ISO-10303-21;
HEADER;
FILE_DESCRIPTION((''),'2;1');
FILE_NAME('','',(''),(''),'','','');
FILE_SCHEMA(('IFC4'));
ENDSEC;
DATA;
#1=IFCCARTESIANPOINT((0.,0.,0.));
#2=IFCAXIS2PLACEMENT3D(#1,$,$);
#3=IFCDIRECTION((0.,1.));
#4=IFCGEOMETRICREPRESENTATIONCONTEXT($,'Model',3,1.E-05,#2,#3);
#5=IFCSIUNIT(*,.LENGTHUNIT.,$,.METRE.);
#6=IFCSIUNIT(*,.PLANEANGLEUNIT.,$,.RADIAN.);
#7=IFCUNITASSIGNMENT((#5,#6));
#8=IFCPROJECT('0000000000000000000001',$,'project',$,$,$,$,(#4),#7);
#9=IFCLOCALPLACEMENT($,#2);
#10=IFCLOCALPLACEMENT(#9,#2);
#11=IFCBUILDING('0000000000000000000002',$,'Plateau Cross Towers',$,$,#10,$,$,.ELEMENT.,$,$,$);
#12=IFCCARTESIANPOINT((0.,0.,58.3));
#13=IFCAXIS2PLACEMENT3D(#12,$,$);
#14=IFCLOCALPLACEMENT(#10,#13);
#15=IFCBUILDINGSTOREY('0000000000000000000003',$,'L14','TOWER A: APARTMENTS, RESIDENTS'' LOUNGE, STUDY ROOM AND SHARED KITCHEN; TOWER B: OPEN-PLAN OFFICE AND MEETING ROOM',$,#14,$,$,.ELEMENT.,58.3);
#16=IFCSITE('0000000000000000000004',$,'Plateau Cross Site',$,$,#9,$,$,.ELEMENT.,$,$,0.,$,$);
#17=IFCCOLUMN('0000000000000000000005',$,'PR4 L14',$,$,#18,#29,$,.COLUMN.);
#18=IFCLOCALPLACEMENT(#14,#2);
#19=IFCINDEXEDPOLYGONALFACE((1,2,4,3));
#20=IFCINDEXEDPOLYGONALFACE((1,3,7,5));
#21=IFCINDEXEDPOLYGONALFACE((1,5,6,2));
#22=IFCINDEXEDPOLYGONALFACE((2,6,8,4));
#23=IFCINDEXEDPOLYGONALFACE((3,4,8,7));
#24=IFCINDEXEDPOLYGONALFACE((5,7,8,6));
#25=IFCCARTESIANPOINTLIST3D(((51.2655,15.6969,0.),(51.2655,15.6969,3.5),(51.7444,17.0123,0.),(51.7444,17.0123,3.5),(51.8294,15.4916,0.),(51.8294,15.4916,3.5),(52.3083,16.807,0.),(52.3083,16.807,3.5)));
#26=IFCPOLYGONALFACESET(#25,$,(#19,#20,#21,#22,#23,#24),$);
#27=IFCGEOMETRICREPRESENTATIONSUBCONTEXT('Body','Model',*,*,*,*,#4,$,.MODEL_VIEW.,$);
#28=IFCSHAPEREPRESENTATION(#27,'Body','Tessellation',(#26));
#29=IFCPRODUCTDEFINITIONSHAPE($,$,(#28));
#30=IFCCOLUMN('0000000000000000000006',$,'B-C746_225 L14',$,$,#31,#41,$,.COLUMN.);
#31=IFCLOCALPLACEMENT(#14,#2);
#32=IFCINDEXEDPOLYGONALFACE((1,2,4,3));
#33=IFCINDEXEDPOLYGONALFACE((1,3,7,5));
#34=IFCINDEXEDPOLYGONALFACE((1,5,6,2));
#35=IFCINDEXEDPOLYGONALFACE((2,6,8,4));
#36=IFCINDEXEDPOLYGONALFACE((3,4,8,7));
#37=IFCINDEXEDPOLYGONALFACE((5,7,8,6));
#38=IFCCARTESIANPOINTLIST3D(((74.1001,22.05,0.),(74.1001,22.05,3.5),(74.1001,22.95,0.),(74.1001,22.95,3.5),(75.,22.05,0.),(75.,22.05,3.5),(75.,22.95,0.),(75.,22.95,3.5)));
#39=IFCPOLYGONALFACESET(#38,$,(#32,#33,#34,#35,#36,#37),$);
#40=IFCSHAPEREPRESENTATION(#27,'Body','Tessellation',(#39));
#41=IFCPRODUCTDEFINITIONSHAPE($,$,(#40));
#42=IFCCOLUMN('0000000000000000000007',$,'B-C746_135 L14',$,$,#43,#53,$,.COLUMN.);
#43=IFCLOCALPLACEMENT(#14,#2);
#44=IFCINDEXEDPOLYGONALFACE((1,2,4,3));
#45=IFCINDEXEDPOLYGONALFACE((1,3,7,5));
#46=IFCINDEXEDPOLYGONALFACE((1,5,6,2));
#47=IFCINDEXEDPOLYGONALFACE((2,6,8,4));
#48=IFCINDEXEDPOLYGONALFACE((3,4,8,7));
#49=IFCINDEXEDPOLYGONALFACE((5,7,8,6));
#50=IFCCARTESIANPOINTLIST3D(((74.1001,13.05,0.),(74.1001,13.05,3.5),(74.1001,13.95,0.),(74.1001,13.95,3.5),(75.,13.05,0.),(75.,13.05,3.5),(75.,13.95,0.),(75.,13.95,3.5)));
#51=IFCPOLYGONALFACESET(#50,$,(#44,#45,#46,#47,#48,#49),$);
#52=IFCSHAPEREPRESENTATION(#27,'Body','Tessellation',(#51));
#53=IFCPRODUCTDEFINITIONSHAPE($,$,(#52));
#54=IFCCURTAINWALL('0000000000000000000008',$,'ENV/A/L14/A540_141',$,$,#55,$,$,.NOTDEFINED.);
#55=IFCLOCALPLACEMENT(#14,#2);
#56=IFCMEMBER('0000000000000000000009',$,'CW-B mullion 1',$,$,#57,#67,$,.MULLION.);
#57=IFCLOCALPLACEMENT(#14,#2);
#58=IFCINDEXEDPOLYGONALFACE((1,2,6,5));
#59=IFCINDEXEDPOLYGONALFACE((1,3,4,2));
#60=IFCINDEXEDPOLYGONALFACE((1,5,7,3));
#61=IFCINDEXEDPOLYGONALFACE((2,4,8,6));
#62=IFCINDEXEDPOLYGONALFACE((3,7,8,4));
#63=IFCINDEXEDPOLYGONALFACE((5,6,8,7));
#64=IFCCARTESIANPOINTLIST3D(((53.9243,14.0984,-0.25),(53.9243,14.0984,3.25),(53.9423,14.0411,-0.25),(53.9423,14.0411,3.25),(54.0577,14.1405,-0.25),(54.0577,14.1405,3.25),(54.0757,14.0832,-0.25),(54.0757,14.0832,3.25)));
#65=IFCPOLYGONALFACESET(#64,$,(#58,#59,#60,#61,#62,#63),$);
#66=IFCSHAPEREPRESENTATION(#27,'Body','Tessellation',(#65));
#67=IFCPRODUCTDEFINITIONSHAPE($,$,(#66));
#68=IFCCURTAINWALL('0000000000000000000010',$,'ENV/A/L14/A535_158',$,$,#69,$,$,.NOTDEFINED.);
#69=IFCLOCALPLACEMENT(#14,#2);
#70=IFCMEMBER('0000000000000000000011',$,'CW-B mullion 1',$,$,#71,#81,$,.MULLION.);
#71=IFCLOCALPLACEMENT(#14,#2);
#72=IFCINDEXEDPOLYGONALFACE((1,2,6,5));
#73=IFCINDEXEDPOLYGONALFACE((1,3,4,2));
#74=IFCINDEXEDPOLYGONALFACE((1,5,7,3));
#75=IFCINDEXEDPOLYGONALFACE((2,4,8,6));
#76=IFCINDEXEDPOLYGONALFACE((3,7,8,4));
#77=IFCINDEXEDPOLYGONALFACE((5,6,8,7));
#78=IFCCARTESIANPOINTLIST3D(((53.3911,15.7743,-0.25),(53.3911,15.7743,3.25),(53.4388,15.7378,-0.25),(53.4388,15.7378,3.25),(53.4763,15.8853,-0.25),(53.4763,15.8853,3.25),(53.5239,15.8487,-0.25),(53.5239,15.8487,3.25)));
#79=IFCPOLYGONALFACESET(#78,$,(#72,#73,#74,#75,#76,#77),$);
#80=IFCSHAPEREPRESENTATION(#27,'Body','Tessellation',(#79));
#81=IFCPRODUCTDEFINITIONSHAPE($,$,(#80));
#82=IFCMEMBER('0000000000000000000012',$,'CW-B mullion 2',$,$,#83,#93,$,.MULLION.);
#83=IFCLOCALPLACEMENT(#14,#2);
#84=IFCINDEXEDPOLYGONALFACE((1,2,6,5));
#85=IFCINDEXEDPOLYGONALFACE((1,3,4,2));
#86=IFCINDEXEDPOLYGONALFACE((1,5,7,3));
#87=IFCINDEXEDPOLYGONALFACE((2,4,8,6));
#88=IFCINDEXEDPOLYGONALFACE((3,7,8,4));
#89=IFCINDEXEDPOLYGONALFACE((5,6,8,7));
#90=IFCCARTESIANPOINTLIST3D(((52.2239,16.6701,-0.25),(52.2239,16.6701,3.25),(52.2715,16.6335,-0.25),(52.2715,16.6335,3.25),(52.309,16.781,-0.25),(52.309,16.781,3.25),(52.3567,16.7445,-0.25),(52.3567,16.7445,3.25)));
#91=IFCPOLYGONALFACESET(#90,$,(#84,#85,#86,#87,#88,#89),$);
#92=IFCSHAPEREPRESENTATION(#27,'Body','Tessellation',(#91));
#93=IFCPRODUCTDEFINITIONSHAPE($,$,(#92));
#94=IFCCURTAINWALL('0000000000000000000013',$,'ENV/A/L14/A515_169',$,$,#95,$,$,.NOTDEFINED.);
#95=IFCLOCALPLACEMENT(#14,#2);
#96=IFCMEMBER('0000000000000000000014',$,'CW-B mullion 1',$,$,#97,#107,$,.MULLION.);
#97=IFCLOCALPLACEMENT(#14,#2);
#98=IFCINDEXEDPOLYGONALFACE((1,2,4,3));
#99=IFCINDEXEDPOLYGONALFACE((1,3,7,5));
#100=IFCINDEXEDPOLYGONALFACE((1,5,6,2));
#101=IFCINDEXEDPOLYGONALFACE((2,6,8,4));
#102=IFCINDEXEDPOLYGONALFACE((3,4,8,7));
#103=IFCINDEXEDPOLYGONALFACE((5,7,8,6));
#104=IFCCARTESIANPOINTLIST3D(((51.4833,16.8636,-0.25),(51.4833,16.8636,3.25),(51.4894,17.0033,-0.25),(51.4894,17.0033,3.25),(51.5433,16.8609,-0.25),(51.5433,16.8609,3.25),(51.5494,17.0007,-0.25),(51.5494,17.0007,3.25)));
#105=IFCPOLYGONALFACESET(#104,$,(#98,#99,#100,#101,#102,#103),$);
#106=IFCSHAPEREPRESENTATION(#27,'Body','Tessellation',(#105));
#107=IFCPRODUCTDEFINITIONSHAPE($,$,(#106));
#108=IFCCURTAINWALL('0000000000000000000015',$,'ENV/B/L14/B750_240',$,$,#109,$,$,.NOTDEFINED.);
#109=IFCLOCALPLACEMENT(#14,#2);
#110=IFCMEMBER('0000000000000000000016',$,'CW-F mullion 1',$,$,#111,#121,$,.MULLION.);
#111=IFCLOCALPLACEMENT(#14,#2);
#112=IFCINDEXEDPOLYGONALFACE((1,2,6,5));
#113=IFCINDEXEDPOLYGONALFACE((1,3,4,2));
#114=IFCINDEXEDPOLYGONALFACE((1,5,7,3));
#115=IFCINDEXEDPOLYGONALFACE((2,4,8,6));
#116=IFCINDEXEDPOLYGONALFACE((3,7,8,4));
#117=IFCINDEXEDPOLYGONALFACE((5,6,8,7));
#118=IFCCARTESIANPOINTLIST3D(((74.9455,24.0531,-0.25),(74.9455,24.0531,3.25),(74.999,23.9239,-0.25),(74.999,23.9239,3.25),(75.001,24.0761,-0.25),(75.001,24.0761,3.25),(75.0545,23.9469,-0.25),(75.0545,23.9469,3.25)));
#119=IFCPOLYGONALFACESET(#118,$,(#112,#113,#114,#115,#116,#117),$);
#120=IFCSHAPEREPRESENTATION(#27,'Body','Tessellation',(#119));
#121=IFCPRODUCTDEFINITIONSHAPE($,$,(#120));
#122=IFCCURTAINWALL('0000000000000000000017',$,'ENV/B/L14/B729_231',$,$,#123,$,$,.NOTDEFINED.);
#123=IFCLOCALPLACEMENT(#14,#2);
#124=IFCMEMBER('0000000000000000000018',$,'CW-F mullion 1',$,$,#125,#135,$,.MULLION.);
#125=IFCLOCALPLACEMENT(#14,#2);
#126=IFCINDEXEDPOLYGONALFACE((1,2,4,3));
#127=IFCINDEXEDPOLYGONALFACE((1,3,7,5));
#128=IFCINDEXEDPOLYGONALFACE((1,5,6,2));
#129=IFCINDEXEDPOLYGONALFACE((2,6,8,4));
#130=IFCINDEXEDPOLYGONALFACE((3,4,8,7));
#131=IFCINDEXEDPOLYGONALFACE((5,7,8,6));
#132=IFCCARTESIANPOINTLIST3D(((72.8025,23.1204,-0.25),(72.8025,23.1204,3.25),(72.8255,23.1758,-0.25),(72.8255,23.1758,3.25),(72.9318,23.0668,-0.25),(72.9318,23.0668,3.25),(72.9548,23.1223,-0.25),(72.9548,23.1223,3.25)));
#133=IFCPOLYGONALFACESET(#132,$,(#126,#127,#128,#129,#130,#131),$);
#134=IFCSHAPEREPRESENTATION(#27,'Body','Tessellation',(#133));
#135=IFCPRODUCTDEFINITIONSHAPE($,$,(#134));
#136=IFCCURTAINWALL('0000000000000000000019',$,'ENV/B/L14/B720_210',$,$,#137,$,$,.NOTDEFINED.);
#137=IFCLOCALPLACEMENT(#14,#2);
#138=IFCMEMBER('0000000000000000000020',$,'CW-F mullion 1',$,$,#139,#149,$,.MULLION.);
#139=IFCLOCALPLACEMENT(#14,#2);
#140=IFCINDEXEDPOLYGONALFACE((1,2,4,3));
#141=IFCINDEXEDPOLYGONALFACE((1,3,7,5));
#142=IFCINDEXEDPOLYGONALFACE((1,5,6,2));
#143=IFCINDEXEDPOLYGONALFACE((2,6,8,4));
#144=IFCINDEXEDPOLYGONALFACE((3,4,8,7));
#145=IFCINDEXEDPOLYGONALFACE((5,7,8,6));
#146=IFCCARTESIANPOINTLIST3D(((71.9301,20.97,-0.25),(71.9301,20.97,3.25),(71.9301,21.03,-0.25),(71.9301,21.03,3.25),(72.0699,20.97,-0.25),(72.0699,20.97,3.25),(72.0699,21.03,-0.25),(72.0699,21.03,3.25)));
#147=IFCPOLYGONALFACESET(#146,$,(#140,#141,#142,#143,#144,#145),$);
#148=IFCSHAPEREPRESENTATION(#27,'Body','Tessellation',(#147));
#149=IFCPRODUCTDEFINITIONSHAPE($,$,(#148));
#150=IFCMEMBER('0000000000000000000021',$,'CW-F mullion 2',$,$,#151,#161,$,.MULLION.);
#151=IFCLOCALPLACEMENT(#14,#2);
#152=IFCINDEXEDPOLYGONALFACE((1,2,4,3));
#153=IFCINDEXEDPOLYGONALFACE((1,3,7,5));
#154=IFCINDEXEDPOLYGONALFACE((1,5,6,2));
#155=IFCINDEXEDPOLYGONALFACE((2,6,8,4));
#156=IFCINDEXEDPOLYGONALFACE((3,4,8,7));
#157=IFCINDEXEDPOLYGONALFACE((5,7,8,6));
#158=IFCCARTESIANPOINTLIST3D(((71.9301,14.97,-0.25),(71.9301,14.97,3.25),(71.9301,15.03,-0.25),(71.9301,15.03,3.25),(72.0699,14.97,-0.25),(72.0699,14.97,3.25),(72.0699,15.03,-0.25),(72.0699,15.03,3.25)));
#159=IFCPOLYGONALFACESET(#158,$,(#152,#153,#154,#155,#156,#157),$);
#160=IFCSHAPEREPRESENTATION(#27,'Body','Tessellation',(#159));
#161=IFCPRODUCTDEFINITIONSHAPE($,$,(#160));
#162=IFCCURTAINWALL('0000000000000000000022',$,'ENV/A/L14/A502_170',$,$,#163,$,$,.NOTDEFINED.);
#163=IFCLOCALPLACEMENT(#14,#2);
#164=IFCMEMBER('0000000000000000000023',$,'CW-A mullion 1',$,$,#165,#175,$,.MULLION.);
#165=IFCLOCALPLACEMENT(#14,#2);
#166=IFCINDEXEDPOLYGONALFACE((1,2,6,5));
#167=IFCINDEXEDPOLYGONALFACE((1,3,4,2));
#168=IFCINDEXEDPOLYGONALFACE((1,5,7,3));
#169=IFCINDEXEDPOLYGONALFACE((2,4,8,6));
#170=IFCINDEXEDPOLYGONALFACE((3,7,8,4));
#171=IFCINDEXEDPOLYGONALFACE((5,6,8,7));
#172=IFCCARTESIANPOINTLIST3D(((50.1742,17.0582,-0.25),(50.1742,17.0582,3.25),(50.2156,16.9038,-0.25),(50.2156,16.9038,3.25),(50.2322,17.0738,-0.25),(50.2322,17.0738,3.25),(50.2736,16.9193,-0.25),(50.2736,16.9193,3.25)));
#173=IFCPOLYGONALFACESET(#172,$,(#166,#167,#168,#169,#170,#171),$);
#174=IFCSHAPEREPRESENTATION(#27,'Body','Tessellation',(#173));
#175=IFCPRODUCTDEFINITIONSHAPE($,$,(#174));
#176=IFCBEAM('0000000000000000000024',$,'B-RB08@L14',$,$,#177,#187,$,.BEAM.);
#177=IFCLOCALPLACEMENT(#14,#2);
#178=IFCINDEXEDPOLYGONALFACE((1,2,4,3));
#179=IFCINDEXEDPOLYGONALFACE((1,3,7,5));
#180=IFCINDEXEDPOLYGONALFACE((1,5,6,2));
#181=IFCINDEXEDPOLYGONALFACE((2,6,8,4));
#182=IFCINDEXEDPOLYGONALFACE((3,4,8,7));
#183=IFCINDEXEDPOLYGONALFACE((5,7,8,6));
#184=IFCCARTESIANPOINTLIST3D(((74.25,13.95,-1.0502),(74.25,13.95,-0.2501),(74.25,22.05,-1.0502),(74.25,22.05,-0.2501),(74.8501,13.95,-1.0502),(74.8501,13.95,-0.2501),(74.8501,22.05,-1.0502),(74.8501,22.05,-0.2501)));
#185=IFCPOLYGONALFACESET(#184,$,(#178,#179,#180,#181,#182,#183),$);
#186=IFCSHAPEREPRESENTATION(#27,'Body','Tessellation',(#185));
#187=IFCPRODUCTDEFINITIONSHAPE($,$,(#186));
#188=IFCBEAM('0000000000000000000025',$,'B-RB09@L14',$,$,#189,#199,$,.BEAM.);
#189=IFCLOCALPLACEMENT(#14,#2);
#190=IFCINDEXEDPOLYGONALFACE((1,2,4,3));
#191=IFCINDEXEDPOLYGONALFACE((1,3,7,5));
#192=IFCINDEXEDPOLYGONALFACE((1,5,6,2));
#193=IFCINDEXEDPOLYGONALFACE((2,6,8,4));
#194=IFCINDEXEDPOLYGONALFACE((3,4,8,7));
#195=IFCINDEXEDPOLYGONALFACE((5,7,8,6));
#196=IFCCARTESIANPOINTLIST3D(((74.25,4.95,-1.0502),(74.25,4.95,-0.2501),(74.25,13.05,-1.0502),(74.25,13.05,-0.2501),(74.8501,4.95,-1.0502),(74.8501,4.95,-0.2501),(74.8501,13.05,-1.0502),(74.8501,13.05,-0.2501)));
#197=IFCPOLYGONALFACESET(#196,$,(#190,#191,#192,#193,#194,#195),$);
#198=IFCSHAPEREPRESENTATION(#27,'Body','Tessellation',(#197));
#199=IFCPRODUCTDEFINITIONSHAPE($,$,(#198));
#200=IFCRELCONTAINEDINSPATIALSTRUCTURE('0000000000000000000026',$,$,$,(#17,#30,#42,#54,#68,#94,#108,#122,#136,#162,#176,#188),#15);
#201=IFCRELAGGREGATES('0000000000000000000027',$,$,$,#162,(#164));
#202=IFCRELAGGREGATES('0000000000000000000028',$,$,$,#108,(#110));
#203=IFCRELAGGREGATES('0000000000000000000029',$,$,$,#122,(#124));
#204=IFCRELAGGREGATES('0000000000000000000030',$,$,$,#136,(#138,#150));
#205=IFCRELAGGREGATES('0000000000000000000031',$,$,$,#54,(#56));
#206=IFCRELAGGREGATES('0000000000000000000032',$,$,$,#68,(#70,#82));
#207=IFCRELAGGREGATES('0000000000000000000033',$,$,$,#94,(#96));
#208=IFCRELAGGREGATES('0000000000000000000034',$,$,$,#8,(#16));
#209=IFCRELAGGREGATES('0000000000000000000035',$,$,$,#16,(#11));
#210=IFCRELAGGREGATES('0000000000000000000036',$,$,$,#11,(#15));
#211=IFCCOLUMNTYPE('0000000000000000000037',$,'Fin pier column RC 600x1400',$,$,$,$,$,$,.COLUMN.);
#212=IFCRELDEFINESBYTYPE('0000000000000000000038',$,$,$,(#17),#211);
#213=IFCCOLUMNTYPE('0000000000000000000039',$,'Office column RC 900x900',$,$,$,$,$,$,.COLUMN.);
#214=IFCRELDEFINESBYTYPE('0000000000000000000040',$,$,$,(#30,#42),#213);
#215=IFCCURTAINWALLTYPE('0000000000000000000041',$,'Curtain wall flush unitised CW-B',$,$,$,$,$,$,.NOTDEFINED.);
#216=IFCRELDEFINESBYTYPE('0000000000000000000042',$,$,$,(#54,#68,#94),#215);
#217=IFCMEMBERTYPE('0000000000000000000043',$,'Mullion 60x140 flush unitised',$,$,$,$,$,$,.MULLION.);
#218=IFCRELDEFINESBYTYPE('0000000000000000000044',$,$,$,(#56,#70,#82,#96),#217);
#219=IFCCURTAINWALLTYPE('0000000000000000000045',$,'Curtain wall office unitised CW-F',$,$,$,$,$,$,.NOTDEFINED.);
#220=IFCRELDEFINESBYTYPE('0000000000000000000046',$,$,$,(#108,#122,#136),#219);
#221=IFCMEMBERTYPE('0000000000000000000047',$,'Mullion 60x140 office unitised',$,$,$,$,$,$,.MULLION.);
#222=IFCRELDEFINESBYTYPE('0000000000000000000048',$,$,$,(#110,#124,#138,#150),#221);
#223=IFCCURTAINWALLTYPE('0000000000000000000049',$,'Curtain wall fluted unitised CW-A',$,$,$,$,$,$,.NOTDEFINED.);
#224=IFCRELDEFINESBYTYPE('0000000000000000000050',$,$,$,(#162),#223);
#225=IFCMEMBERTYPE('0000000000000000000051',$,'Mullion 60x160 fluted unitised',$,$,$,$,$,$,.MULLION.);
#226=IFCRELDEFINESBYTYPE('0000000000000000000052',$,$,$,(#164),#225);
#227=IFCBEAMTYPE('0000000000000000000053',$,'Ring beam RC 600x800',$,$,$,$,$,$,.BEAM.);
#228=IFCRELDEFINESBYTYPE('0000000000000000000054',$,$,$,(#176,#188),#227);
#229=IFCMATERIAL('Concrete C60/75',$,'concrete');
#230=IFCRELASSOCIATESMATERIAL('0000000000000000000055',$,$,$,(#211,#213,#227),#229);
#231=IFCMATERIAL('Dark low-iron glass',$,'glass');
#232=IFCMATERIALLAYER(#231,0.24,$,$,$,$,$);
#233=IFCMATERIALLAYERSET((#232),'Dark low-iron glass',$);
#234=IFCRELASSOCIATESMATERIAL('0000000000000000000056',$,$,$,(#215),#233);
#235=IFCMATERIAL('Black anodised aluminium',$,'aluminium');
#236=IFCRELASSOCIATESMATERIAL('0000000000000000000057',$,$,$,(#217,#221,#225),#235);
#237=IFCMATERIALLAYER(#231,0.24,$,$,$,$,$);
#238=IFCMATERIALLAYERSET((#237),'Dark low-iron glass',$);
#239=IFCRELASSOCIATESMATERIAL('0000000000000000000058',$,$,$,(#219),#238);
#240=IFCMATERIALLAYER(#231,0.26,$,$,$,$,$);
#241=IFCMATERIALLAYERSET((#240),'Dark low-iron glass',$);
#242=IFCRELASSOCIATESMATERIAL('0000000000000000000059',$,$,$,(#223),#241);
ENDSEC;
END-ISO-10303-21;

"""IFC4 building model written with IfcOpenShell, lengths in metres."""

from ifc_helpers import new_model, si_unit, direction, frame, origin, origin_2d, place, context, subcontext, project, spatial, rectangle, extrude, material, layer, layer_set, material_profile, profile_set, type_object, element, aggregate, save


model = new_model("IFC4")

# Units and contexts
model_context = context("Model", 3, precision=1e-05, world=origin(), true_north=direction((0.0, 1.0)))
body_context = subcontext(model_context, "Body", "Model", "MODEL_VIEW")
ifc_project = project(units=[si_unit("LENGTHUNIT", "METRE"), si_unit("PLANEANGLEUNIT", "RADIAN")], contexts=[model_context])

# Site, building, storey
site_placement = place(None, origin())
site = spatial("IfcSite", under=ifc_project, at=site_placement, Name="Plateau Cross Site", CompositionType="ELEMENT", RefElevation=0.0)
building_placement = place(site_placement, origin())
building = spatial("IfcBuilding", under=site, at=building_placement, Name="Plateau Cross Towers", CompositionType="ELEMENT")
storey_placement = place(building_placement, frame((0.0, 0.0, 58.3)))
storey = spatial("IfcBuildingStorey", under=building, at=storey_placement, Name="L14", Description="TOWER A: APARTMENTS, RESIDENTS' LOUNGE, STUDY ROOM AND SHARED KITCHEN; TOWER B: OPEN-PLAN OFFICE AND MEETING ROOM", CompositionType="ELEMENT", Elevation=58.3)

# Columns
ifc_material_1 = material(Name="Concrete C60/75", Category="concrete")
ifc_material_profile_1 = material_profile(ifc_material_1, rectangle(XDim=0.6001, YDim=1.3999, at=origin_2d()), Name="RC 600x1400")
ifc_profile_set_1 = profile_set([ifc_material_profile_1], Name="Concrete C60/75")
column_type_1 = type_object("IfcColumnType", Name="Fin pier column RC 600x1400", PredefinedType="COLUMN", material=ifc_profile_set_1)
column_placement = place(storey_placement, frame((51.7869, 16.252, 0.0), z_axis=(0.0, 0.0, 1.0), x_axis=(-0.939664, 0.342098, 0.0)))
element("IfcColumn", 1, at=column_placement, inside=storey, type_object=column_type_1, Name="PR4 L14", PredefinedType="COLUMN", context=body_context, shape_type="SweptSolid", body=[
    extrude(rectangle(XDim=0.6001, YDim=1.3999, at=origin_2d()), origin(), (0.0, 0.0, 1.0), 3.5),
])
ifc_material_profile_2 = material_profile(ifc_material_1, rectangle(XDim=0.8999, YDim=0.8999, at=origin_2d()), Name="RC 900x900")
ifc_profile_set_2 = profile_set([ifc_material_profile_2], Name="Concrete C60/75")
column_type_2 = type_object("IfcColumnType", Name="Office column RC 900x900", PredefinedType="COLUMN", material=ifc_profile_set_2)
for number, where, z_axis, x_axis, name in (
    (2, (74.55, 22.5, 0.0), (0.0, 0.0, 1.0), (1.0, 0.0, 0.0), "B-C746_225 L14"),
    (3, (74.55, 13.5, 0.0), (0.0, 0.0, 1.0), (1.0, 0.0, 0.0), "B-C746_135 L14"),
):
    element("IfcColumn", number, at=place(storey_placement, frame(where, z_axis=z_axis, x_axis=x_axis)), inside=storey, type_object=column_type_2, Name=name, PredefinedType="COLUMN", context=body_context, shape_type="SweptSolid", body=[
        extrude(rectangle(XDim=0.8999, YDim=0.8999, at=origin_2d()), origin(), (0.0, 0.0, 1.0), 3.5),
    ])

# Curtain wall, member
ifc_material_2 = material(Name="Dark low-iron glass", Category="glass")
ifc_layer_1 = layer(ifc_material_2, 0.24)
ifc_layer_set_1 = layer_set([ifc_layer_1], Name="Dark low-iron glass")
curtain_wall_type_1 = type_object("IfcCurtainWallType", Name="Curtain wall flush unitised CW-B", PredefinedType="NOTDEFINED", material=ifc_layer_set_1)
curtain_wall_1_placement = place(storey_placement, origin())
curtain_wall_1 = element("IfcCurtainWall", 4, at=curtain_wall_1_placement, inside=storey, type_object=curtain_wall_type_1, Name="ENV/A/L14/A540_141", PredefinedType="NOTDEFINED")
ifc_material_3 = material(Name="Black anodised aluminium", Category="aluminium")
ifc_material_profile_3 = material_profile(ifc_material_3, rectangle(XDim=0.0601, YDim=0.1399, at=origin_2d()), Name="MULLION 60x140")
ifc_profile_set_3 = profile_set([ifc_material_profile_3], Name="Black anodised aluminium")
member_type_1 = type_object("IfcMemberType", Name="Mullion 60x140 flush unitised", PredefinedType="MULLION", material=ifc_profile_set_3)
member_1_placement = place(storey_placement, frame((54.0, 14.0908, -0.25), z_axis=(0.0, 0.0, 1.0), x_axis=(-0.300686, 0.953723, 0.0)))
member_1 = element("IfcMember", 5, at=member_1_placement, type_object=member_type_1, Name="CW-B mullion 1", PredefinedType="MULLION", context=body_context, shape_type="SweptSolid", body=[
    extrude(rectangle(XDim=0.0601, YDim=0.1399, at=origin_2d()), origin(), (0.0, 0.0, 1.0), 3.5),
])

# Curtain wall, members
curtain_wall_2_placement = place(storey_placement, origin())
curtain_wall_2 = element("IfcCurtainWall", 6, at=curtain_wall_2_placement, inside=storey, type_object=curtain_wall_type_1, Name="ENV/A/L14/A535_158", PredefinedType="NOTDEFINED")
member_2_placement = place(storey_placement, frame((53.4575, 15.8115, -0.25), z_axis=(0.0, 0.0, 1.0), x_axis=(-0.793316, 0.608811, 0.0)))
member_2 = element("IfcMember", 7, at=member_2_placement, type_object=member_type_1, Name="CW-B mullion 1", PredefinedType="MULLION", context=body_context, shape_type="SweptSolid", body=[
    extrude(rectangle(XDim=0.0601, YDim=0.1399, at=origin_2d()), origin(), (0.0, 0.0, 1.0), 3.5),
])
member_3_placement = place(storey_placement, frame((52.2903, 16.7073, -0.25), z_axis=(0.0, 0.0, 1.0), x_axis=(-0.793316, 0.608811, 0.0)))
member_3 = element("IfcMember", 8, at=member_3_placement, type_object=member_type_1, Name="CW-B mullion 2", PredefinedType="MULLION", context=body_context, shape_type="SweptSolid", body=[
    extrude(rectangle(XDim=0.0601, YDim=0.1399, at=origin_2d()), origin(), (0.0, 0.0, 1.0), 3.5),
])

# Curtain walls, members
curtain_wall_3_placement = place(storey_placement, origin())
curtain_wall_3 = element("IfcCurtainWall", 9, at=curtain_wall_3_placement, inside=storey, type_object=curtain_wall_type_1, Name="ENV/A/L14/A515_169", PredefinedType="NOTDEFINED")
member_4_placement = place(storey_placement, frame((51.5164, 16.9321, -0.25), z_axis=(0.0, 0.0, 1.0), x_axis=(-0.999044, 0.043723, 0.0)))
member_4 = element("IfcMember", 10, at=member_4_placement, type_object=member_type_1, Name="CW-B mullion 1", PredefinedType="MULLION", context=body_context, shape_type="SweptSolid", body=[
    extrude(rectangle(XDim=0.0601, YDim=0.1399, at=origin_2d()), origin(), (0.0, 0.0, 1.0), 3.5),
])
ifc_layer_2 = layer(ifc_material_2, 0.24)
ifc_layer_set_2 = layer_set([ifc_layer_2], Name="Dark low-iron glass")
curtain_wall_type_2 = type_object("IfcCurtainWallType", Name="Curtain wall office unitised CW-F", PredefinedType="NOTDEFINED", material=ifc_layer_set_2)
curtain_wall_4_placement = place(storey_placement, origin())
curtain_wall_4 = element("IfcCurtainWall", 11, at=curtain_wall_4_placement, inside=storey, type_object=curtain_wall_type_2, Name="ENV/B/L14/B750_240", PredefinedType="NOTDEFINED")
ifc_material_profile_4 = material_profile(ifc_material_3, rectangle(XDim=0.0601, YDim=0.1399, at=origin_2d()), Name="MULLION 60x140")
ifc_profile_set_4 = profile_set([ifc_material_profile_4], Name="Black anodised aluminium")
member_type_2 = type_object("IfcMemberType", Name="Mullion 60x140 office unitised", PredefinedType="MULLION", material=ifc_profile_set_4)
member_5_placement = place(storey_placement, frame((75.0, 24.0, -0.25), z_axis=(0.0, 0.0, 1.0), x_axis=(-0.923879, -0.382684, 0.0)))
member_5 = element("IfcMember", 12, at=member_5_placement, type_object=member_type_2, Name="CW-F mullion 1", PredefinedType="MULLION", context=body_context, shape_type="SweptSolid", body=[
    extrude(rectangle(XDim=0.0601, YDim=0.1399, at=origin_2d()), origin(), (0.0, 0.0, 1.0), 3.5),
])
curtain_wall_5_placement = place(storey_placement, origin())
curtain_wall_5 = element("IfcCurtainWall", 13, at=curtain_wall_5_placement, inside=storey, type_object=curtain_wall_type_2, Name="ENV/B/L14/B729_231", PredefinedType="NOTDEFINED")
member_6_placement = place(storey_placement, frame((72.8787, 23.1213, -0.25), z_axis=(0.0, 0.0, 1.0), x_axis=(-0.382684, -0.923879, 0.0)))
member_6 = element("IfcMember", 14, at=member_6_placement, type_object=member_type_2, Name="CW-F mullion 1", PredefinedType="MULLION", context=body_context, shape_type="SweptSolid", body=[
    extrude(rectangle(XDim=0.0601, YDim=0.1399, at=origin_2d()), origin(), (0.0, 0.0, 1.0), 3.5),
])

# Curtain wall, members
curtain_wall_6_placement = place(storey_placement, origin())
curtain_wall_6 = element("IfcCurtainWall", 15, at=curtain_wall_6_placement, inside=storey, type_object=curtain_wall_type_2, Name="ENV/B/L14/B720_210", PredefinedType="NOTDEFINED")
member_7_placement = place(storey_placement, frame((72.0, 21.0, -0.25), z_axis=(0.0, 0.0, 1.0), x_axis=(0.0, -1.0, 0.0)))
member_7 = element("IfcMember", 16, at=member_7_placement, type_object=member_type_2, Name="CW-F mullion 1", PredefinedType="MULLION", context=body_context, shape_type="SweptSolid", body=[
    extrude(rectangle(XDim=0.0601, YDim=0.1399, at=origin_2d()), origin(), (0.0, 0.0, 1.0), 3.5),
])
member_8_placement = place(storey_placement, frame((72.0, 15.0, -0.25), z_axis=(0.0, 0.0, 1.0), x_axis=(0.0, -1.0, 0.0)))
member_8 = element("IfcMember", 17, at=member_8_placement, type_object=member_type_2, Name="CW-F mullion 2", PredefinedType="MULLION", context=body_context, shape_type="SweptSolid", body=[
    extrude(rectangle(XDim=0.0601, YDim=0.1399, at=origin_2d()), origin(), (0.0, 0.0, 1.0), 3.5),
])

# Curtain wall, member
ifc_layer_3 = layer(ifc_material_2, 0.26)
ifc_layer_set_3 = layer_set([ifc_layer_3], Name="Dark low-iron glass")
curtain_wall_type_3 = type_object("IfcCurtainWallType", Name="Curtain wall fluted unitised CW-A", PredefinedType="NOTDEFINED", material=ifc_layer_set_3)
curtain_wall_7_placement = place(storey_placement, origin())
curtain_wall_7 = element("IfcCurtainWall", 18, at=curtain_wall_7_placement, inside=storey, type_object=curtain_wall_type_3, Name="ENV/A/L14/A502_170", PredefinedType="NOTDEFINED")
ifc_material_profile_5 = material_profile(ifc_material_3, rectangle(XDim=0.0601, YDim=0.1599, at=origin_2d()), Name="MULLION 60x160")
ifc_profile_set_5 = profile_set([ifc_material_profile_5], Name="Black anodised aluminium")
member_type_3 = type_object("IfcMemberType", Name="Mullion 60x160 fluted unitised", PredefinedType="MULLION", material=ifc_profile_set_5)
member_9_placement = place(storey_placement, frame((50.2239, 16.9888, -0.25), z_axis=(0.0, 0.0, 1.0), x_axis=(-0.965958, -0.258699, 0.0)))
member_9 = element("IfcMember", 19, at=member_9_placement, type_object=member_type_3, Name="CW-A mullion 1", PredefinedType="MULLION", context=body_context, shape_type="SweptSolid", body=[
    extrude(rectangle(XDim=0.0601, YDim=0.1599, at=origin_2d()), origin(), (0.0, 0.0, 1.0), 3.5),
])

# Beams
ifc_material_profile_6 = material_profile(ifc_material_1, rectangle(XDim=0.6001, YDim=0.8, at=origin_2d()), Name="RC 600x800")
ifc_profile_set_6 = profile_set([ifc_material_profile_6], Name="Concrete C60/75")
beam_type = type_object("IfcBeamType", Name="Ring beam RC 600x800", PredefinedType="BEAM", material=ifc_profile_set_6)
for number, where, z_axis, x_axis, name in (
    (20, (74.55, 22.05, -0.6501), (0.0, -1.0, 0.0), (1.0, 0.0, 0.0), "B-RB08@L14"),
    (21, (74.55, 13.05, -0.6501), (0.0, -1.0, 0.0), (1.0, 0.0, 0.0), "B-RB09@L14"),
):
    element("IfcBeam", number, at=place(storey_placement, frame(where, z_axis=z_axis, x_axis=x_axis)), inside=storey, type_object=beam_type, Name=name, PredefinedType="BEAM", context=body_context, shape_type="SweptSolid", body=[
        extrude(rectangle(XDim=0.6001, YDim=0.8, at=origin_2d()), origin(), (0.0, 0.0, 1.0), 8.1001),
    ])

aggregate(curtain_wall_7, [member_9])

aggregate(curtain_wall_4, [member_5])
aggregate(curtain_wall_5, [member_6])
aggregate(curtain_wall_6, [member_7, member_8])

aggregate(curtain_wall_1, [member_1])
aggregate(curtain_wall_2, [member_2, member_3])
aggregate(curtain_wall_3, [member_4])

save(model, "model.ifc")
